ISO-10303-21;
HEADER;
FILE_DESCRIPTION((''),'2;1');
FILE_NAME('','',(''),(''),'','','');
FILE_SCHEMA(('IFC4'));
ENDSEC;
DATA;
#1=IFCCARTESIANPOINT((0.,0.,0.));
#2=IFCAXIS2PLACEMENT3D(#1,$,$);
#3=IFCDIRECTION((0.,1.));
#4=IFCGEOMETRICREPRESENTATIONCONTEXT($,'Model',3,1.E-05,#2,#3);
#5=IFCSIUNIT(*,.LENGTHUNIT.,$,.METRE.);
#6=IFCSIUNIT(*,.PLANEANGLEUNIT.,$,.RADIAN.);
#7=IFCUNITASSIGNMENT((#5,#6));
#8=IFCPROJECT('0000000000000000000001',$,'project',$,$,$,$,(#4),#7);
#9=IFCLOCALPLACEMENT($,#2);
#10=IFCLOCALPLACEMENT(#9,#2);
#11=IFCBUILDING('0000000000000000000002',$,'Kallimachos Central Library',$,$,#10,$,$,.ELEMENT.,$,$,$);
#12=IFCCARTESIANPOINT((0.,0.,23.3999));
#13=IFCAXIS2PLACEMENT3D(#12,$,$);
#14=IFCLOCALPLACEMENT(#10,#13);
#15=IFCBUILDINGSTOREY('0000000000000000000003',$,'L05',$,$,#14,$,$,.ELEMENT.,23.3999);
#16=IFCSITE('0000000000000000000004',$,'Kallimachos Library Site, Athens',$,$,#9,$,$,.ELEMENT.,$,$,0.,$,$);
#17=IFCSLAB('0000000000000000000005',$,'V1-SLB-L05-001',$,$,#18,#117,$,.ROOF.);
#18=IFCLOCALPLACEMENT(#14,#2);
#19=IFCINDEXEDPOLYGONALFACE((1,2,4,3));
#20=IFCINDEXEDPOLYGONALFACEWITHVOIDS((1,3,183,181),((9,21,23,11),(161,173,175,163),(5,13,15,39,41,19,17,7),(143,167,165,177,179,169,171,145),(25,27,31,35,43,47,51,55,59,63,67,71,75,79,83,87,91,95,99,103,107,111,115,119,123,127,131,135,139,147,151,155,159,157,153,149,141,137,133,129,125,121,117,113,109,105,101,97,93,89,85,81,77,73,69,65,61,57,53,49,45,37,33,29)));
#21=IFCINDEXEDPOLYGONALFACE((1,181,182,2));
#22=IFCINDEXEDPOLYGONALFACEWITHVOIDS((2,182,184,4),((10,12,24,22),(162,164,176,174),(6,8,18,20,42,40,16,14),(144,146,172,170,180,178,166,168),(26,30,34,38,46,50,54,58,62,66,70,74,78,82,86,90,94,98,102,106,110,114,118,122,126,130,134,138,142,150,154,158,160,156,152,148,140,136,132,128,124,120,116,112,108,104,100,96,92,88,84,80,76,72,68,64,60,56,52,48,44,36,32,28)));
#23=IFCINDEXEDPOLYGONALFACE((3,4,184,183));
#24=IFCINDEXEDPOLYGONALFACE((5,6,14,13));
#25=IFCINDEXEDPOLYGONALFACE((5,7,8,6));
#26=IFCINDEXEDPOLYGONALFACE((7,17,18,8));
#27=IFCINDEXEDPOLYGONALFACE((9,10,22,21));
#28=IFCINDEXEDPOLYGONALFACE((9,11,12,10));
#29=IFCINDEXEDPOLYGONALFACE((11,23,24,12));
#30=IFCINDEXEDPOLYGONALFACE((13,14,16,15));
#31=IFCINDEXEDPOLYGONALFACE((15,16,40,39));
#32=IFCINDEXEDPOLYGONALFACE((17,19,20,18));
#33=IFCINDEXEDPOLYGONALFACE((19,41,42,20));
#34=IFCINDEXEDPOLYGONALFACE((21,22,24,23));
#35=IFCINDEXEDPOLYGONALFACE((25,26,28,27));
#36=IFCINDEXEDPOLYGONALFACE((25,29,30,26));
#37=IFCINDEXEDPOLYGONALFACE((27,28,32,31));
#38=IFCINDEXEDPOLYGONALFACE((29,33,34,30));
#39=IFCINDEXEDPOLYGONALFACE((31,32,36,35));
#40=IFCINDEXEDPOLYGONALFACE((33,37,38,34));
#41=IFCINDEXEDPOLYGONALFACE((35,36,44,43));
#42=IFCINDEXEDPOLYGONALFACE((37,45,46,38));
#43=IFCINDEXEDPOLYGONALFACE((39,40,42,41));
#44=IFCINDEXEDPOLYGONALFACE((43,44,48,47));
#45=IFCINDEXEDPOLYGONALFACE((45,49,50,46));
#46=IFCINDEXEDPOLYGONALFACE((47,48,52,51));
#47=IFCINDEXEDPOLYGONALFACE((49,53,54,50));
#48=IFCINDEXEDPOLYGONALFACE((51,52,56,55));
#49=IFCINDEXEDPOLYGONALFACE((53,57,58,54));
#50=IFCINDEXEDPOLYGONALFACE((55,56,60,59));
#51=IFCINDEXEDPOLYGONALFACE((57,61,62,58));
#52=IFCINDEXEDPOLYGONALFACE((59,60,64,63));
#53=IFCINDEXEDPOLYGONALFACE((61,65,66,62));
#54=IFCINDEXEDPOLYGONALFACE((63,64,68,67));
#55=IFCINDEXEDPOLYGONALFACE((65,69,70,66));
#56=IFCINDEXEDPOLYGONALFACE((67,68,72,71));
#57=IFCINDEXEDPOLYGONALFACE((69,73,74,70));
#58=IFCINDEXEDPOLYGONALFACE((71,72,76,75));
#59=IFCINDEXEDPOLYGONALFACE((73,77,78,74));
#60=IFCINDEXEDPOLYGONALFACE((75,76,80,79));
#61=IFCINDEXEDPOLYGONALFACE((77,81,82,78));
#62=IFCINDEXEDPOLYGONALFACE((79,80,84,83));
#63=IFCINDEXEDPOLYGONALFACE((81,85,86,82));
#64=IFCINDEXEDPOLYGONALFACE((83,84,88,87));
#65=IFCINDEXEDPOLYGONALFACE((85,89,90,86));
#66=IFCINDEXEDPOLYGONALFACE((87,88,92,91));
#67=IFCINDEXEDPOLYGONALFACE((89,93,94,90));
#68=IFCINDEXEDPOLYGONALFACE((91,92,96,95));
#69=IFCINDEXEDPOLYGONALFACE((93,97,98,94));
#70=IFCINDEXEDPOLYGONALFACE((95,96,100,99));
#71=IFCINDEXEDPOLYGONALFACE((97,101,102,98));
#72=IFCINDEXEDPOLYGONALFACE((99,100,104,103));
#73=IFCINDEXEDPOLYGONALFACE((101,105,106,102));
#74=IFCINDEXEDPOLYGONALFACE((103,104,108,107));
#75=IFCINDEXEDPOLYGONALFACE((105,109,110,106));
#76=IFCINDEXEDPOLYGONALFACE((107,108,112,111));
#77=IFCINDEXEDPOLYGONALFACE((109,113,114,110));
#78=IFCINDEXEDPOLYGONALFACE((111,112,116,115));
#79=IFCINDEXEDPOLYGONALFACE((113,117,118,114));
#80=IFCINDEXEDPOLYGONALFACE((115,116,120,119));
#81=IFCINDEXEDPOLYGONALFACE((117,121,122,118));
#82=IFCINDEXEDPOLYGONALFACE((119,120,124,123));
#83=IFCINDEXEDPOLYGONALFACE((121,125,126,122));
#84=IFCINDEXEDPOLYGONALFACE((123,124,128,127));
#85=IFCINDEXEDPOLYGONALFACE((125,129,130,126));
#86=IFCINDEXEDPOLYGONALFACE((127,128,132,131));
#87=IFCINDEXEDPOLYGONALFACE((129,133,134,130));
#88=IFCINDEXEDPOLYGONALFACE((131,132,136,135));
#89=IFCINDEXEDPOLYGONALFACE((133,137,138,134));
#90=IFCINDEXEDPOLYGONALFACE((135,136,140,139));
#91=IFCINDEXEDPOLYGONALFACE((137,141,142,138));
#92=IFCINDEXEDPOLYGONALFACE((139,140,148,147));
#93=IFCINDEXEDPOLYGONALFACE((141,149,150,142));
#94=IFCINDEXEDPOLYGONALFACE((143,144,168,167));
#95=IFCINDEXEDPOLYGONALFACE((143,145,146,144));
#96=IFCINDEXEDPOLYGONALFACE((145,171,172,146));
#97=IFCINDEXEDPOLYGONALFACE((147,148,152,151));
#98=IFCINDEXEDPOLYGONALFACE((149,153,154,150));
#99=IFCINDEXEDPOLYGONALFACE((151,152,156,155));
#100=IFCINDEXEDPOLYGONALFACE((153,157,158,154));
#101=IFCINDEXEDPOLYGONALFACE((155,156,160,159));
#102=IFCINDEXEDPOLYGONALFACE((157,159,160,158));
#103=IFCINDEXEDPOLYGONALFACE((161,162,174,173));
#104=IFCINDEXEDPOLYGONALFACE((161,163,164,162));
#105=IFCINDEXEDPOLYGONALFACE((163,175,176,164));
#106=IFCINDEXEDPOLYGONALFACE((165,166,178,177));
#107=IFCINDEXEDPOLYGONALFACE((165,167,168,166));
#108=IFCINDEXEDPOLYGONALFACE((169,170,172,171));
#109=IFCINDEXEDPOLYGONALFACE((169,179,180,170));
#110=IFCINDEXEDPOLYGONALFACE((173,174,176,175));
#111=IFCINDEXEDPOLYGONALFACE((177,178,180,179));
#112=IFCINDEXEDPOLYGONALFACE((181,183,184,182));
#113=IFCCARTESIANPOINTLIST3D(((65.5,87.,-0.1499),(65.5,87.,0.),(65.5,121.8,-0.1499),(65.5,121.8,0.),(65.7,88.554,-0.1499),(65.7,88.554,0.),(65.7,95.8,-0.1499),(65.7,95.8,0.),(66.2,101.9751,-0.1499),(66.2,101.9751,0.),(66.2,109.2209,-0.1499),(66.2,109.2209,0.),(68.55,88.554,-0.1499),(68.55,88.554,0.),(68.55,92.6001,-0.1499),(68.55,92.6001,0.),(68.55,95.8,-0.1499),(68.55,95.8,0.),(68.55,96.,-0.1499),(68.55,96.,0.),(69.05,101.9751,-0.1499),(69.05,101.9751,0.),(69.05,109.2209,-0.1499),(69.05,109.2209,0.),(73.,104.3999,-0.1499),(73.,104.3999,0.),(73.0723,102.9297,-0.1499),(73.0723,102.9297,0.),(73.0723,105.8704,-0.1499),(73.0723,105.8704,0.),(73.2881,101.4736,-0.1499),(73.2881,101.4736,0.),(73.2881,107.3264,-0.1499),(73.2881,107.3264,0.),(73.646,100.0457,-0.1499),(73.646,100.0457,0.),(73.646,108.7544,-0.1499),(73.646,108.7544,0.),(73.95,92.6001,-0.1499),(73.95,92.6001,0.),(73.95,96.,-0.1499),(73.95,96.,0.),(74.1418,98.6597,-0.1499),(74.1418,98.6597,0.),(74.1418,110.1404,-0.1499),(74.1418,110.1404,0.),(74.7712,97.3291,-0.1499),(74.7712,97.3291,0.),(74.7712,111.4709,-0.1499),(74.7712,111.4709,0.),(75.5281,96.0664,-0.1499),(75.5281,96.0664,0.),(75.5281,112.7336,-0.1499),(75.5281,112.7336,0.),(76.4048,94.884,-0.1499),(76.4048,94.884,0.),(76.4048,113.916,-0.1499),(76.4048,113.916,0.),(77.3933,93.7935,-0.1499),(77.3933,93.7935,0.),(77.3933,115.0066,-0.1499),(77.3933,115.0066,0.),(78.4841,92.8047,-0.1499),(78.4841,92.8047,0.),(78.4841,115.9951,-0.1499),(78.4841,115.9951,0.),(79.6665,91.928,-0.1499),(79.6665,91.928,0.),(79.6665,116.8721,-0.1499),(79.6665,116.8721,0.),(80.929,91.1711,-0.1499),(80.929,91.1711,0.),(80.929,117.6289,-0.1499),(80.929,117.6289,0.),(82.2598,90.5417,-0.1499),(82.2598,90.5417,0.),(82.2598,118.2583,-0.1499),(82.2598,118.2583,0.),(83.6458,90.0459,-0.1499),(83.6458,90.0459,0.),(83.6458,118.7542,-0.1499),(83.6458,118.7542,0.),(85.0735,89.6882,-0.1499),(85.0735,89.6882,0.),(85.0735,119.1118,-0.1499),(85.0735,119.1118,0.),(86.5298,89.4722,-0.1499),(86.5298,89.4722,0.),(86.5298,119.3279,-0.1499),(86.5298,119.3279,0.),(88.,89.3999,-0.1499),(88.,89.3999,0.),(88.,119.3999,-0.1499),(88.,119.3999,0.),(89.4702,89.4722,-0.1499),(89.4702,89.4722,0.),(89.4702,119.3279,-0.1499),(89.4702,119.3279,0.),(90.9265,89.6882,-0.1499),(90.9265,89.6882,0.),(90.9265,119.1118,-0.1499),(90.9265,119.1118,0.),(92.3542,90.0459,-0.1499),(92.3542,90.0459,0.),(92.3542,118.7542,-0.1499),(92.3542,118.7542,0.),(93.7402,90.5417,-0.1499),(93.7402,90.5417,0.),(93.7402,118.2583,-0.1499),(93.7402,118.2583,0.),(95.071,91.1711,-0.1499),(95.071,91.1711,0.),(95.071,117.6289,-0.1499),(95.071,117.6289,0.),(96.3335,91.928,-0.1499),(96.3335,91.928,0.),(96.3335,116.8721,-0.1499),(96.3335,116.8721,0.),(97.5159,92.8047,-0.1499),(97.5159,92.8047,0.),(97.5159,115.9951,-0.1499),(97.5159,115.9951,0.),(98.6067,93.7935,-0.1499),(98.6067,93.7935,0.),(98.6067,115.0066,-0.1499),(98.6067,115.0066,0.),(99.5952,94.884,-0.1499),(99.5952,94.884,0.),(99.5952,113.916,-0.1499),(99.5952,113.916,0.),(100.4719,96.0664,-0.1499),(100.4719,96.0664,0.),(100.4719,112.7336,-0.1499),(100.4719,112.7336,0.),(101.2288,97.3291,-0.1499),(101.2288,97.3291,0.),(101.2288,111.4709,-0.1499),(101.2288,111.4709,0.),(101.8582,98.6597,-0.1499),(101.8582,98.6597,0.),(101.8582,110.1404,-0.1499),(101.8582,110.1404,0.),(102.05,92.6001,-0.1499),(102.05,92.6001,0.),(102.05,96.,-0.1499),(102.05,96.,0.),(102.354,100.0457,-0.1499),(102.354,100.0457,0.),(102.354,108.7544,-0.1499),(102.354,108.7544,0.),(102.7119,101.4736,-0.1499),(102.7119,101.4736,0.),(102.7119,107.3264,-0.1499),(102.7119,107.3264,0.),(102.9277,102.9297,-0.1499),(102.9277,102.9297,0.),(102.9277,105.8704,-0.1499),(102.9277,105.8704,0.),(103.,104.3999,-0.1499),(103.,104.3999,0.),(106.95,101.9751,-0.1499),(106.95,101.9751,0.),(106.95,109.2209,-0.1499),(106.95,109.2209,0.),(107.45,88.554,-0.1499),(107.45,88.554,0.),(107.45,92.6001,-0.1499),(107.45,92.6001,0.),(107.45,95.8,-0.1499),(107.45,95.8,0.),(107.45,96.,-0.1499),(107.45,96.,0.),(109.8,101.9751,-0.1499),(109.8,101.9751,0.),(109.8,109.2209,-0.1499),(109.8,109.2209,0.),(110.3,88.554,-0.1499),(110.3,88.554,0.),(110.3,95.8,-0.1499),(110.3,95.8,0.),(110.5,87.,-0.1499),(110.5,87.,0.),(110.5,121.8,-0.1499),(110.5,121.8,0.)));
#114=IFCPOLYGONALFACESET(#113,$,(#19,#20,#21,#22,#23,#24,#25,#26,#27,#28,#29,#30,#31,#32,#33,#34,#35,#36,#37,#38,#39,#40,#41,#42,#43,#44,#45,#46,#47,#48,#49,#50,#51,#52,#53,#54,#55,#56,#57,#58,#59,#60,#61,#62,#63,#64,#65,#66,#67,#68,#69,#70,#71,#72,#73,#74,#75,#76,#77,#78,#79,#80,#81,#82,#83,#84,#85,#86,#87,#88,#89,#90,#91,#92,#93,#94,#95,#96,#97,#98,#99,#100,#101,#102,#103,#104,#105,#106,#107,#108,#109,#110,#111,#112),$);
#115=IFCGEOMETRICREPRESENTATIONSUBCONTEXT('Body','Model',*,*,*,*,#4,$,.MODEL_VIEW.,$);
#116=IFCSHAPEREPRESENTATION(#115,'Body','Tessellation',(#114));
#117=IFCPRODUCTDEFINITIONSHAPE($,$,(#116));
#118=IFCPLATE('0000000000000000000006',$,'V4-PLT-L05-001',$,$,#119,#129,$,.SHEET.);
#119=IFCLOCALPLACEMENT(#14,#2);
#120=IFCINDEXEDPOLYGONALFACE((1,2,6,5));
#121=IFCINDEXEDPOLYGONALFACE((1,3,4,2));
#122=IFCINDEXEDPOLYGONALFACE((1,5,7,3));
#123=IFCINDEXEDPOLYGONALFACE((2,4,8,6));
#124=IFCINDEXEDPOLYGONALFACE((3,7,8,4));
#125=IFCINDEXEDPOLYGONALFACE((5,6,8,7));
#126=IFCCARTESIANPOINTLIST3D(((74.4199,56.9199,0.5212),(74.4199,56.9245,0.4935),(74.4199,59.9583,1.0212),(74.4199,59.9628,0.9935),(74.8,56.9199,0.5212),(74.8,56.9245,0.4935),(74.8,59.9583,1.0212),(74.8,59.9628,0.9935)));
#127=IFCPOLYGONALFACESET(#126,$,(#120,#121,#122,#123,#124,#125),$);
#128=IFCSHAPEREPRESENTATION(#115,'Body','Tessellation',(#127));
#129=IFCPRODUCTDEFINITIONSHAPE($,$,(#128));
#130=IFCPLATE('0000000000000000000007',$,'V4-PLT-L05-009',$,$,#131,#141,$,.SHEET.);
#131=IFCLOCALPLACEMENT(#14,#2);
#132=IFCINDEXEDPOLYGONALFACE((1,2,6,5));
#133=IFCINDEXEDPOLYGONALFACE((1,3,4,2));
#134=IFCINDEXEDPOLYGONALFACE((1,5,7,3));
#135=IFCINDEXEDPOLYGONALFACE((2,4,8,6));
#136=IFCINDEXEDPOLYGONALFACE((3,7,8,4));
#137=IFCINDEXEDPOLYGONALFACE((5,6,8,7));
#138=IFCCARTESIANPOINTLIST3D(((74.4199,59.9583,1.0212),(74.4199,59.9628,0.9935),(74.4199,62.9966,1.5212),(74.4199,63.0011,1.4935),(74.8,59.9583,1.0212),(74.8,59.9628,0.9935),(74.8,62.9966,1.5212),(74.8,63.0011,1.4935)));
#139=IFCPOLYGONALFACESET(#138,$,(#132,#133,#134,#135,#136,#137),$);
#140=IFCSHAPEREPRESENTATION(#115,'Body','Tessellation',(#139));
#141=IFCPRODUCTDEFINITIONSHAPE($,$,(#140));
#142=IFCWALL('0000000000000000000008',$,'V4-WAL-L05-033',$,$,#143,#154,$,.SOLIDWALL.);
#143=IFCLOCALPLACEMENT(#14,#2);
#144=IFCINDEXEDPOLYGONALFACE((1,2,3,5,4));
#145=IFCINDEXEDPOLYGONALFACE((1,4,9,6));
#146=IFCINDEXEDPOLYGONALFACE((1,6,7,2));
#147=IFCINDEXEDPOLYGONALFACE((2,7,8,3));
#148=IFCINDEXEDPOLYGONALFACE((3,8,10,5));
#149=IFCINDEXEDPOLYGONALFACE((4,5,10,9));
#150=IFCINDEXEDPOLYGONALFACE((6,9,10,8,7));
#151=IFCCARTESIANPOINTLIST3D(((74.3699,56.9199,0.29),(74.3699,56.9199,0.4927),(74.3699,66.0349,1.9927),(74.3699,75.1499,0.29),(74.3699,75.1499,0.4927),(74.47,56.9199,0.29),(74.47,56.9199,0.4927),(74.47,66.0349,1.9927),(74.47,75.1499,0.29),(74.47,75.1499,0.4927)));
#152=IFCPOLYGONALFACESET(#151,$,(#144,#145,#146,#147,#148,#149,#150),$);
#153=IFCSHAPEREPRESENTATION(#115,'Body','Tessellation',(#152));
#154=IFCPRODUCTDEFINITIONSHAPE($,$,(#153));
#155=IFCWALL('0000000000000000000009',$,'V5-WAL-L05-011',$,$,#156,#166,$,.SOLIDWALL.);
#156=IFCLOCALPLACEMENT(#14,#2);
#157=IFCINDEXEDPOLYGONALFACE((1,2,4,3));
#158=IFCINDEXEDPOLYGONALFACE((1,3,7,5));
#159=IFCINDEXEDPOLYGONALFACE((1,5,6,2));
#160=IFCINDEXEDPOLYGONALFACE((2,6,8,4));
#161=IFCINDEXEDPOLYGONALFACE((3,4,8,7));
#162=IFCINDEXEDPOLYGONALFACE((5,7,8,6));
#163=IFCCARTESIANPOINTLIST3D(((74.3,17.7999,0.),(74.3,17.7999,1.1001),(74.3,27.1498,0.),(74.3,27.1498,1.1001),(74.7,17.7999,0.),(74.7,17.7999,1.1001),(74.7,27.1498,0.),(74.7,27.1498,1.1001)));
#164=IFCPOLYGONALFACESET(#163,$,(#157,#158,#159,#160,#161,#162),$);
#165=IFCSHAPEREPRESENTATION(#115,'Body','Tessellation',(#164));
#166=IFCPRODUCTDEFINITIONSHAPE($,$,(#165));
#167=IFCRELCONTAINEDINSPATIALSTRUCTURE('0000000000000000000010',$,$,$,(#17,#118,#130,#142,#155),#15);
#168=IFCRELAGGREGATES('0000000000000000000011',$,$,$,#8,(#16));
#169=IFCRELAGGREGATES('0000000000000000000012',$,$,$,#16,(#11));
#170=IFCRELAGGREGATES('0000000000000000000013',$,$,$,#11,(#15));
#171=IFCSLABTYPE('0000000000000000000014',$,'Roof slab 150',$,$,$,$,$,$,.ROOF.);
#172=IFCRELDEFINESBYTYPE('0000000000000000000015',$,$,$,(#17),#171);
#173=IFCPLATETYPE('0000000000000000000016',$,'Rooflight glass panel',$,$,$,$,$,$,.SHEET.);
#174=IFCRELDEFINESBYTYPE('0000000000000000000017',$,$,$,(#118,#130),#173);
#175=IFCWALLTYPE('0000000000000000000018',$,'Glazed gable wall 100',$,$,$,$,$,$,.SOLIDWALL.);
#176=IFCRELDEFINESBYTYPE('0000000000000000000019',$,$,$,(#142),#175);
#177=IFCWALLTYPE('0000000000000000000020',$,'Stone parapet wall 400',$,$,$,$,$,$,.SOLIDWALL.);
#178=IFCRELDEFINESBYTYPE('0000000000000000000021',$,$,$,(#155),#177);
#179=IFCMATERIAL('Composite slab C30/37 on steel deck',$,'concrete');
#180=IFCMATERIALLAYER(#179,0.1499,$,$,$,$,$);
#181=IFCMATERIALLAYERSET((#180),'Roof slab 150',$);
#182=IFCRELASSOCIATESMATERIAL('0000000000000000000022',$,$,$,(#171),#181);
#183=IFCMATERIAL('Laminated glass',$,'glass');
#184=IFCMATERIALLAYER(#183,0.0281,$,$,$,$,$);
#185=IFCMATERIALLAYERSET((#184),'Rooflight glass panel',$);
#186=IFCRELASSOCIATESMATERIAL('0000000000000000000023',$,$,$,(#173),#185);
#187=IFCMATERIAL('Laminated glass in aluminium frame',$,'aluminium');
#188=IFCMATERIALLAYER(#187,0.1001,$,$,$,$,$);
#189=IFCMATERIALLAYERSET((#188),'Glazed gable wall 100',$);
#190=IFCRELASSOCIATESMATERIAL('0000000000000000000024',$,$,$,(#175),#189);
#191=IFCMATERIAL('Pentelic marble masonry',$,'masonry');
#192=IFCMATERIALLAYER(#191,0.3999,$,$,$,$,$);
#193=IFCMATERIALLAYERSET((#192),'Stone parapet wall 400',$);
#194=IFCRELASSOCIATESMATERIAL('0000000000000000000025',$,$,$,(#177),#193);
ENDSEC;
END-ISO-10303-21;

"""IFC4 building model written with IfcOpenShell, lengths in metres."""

from ifc_helpers import new_model, si_unit, direction, frame, frame_2d, origin, place, context, subcontext, project, spatial, polyline, rectangle, outline, extrude, material, layer, layer_set, type_object, element, save


model = new_model("IFC4")

# Units and contexts
model_context = context("Model", 3, precision=1e-05, world=origin(), true_north=direction((0.0, 1.0)))
body_context = subcontext(model_context, "Body", "Model", "MODEL_VIEW")
ifc_project = project(units=[si_unit("LENGTHUNIT", "METRE"), si_unit("PLANEANGLEUNIT", "RADIAN")], contexts=[model_context])

# Site, building, storey
site_placement = place(None, origin())
site = spatial("IfcSite", under=ifc_project, at=site_placement, Name="Kallimachos Library Site, Athens", CompositionType="ELEMENT", RefElevation=0.0)
building_placement = place(site_placement, origin())
building = spatial("IfcBuilding", under=site, at=building_placement, Name="Kallimachos Central Library", CompositionType="ELEMENT")
storey_placement = place(building_placement, frame((0.0, 0.0, 23.3999)))
storey = spatial("IfcBuildingStorey", under=building, at=storey_placement, Name="L05", CompositionType="ELEMENT", Elevation=23.3999)

# Slab
ifc_material_1 = material(Name="Composite slab C30/37 on steel deck", Category="concrete")
ifc_layer_1 = layer(ifc_material_1, 0.1499)
ifc_layer_set_1 = layer_set([ifc_layer_1], Name="Roof slab 150")
slab_type_1 = type_object("IfcSlabType", Name="Roof slab 150", PredefinedType="ROOF", material=ifc_layer_set_1)
slab_1_placement = place(storey_placement, frame((0.0, 0.0, -0.1499)))
element("IfcSlab", 1, at=slab_1_placement, inside=storey, type_object=slab_type_1, Name="V1-SLB-L05-001", PredefinedType="ROOF", context=body_context, shape_type="SweptSolid", body=[
    extrude(outline(polyline([(65.5, 121.8), (110.5, 121.8), (110.5, 87.0), (65.5, 87.0), (65.5, 121.8)]), holes=[polyline([(65.7, 95.8), (65.7, 88.554), (68.55, 88.554), (68.55, 92.6001), (73.95, 92.6001), (73.95, 96.0), (68.55, 96.0), (68.55, 95.8), (65.7, 95.8)]), polyline([(107.45, 95.8), (107.45, 96.0), (102.05, 96.0), (102.05, 92.6001), (107.45, 92.6001), (107.45, 88.554), (110.3, 88.554), (110.3, 95.8), (107.45, 95.8)]), polyline([(102.7119, 101.4736), (102.9277, 102.9297), (103.0, 104.3999), (102.9277, 105.8704), (102.7119, 107.3264), (102.354, 108.7544), (101.8582, 110.1404), (101.2288, 111.4709), (100.4719, 112.7336), (99.5952, 113.916), (98.6067, 115.0066), (97.5159, 115.9951), (96.3335, 116.8721), (95.071, 117.6289), (93.7402, 118.2583), (92.3542, 118.7542), (90.9265, 119.1118), (89.4702, 119.3279), (88.0, 119.3999), (86.5298, 119.3279), (85.0735, 119.1118), (83.6458, 118.7542), (82.2598, 118.2583), (80.929, 117.6289), (79.6665, 116.8721), (78.4841, 115.9951), (77.3933, 115.0066), (76.4048, 113.916), (75.5281, 112.7336), (74.7712, 111.4709), (74.1418, 110.1404), (73.646, 108.7544), (73.2881, 107.3264), (73.0723, 105.8704), (73.0, 104.3999), (73.0723, 102.9297), (73.2881, 101.4736), (73.646, 100.0457), (74.1418, 98.6597), (74.7712, 97.3291), (75.5281, 96.0664), (76.4048, 94.884), (77.3933, 93.7935), (78.4841, 92.8047), (79.6665, 91.928), (80.929, 91.1711), (82.2598, 90.5417), (83.6458, 90.0459), (85.0735, 89.6882), (86.5298, 89.4722), (88.0, 89.3999), (89.4702, 89.4722), (90.9265, 89.6882), (92.3542, 90.0459), (93.7402, 90.5417), (95.071, 91.1711), (96.3335, 91.928), (97.5159, 92.8047), (98.6067, 93.7935), (99.5952, 94.884), (100.4719, 96.0664), (101.2288, 97.3291), (101.8582, 98.6597), (102.354, 100.0457), (102.7119, 101.4736)]), polyline([(66.2, 101.9751), (69.05, 101.9751), (69.05, 109.2209), (66.2, 109.2209), (66.2, 101.9751)]), polyline([(106.95, 101.9751), (109.8, 101.9751), (109.8, 109.2209), (106.95, 109.2209), (106.95, 101.9751)])]), origin(), (0.0, 0.0, 1.0), 0.1499),
])

# Plates
ifc_material_2 = material(Name="Laminated glass", Category="glass")
ifc_layer_2 = layer(ifc_material_2, 0.0281)
ifc_layer_set_2 = layer_set([ifc_layer_2], Name="Rooflight glass panel")
plate_type_1 = type_object("IfcPlateType", Name="Rooflight glass panel", PredefinedType="SHEET", material=ifc_layer_set_2)
for number, where, z_axis, x_axis, name in (
    (2, (74.4199, 56.9199, 0.5212), (0.0, -0.16238, 0.986728), (1.0, 0.0, 0.0), "V4-PLT-L05-001"),
    (3, (74.4199, 59.9583, 1.0212), (0.0, -0.16238, 0.986728), (1.0, 0.0, 0.0), "V4-PLT-L05-009"),
):
    element("IfcPlate", number, at=place(storey_placement, frame(where, z_axis=z_axis, x_axis=x_axis)), inside=storey, type_object=plate_type_1, Name=name, PredefinedType="SHEET", context=body_context, shape_type="SweptSolid", body=[
        extrude(outline(polyline([(0.0, 0.0), (0.3801, 0.0), (0.3801, 3.0792), (0.0, 3.0792), (0.0, 0.0)])), origin(), (0.0, 0.0, -1.0), 0.0281),
    ])

# Walls
ifc_material_3 = material(Name="Laminated glass in aluminium frame", Category="aluminium")
ifc_layer_3 = layer(ifc_material_3, 0.1001)
ifc_layer_set_3 = layer_set([ifc_layer_3], Name="Glazed gable wall 100")
wall_type_1 = type_object("IfcWallType", Name="Glazed gable wall 100", PredefinedType="SOLIDWALL", material=ifc_layer_set_3)
wall_1_placement = place(storey_placement, frame((74.4199, 56.9199, 0.29), z_axis=(0.0, 0.0, 1.0), x_axis=(0.0, 1.0, 0.0)))
element("IfcWall", 4, at=wall_1_placement, inside=storey, type_object=wall_type_1, Name="V4-WAL-L05-033", PredefinedType="SOLIDWALL", context=body_context, shape_type="SweptSolid", body=[
    extrude(outline(polyline([(0.0, 0.0), (18.23, 0.0), (18.23, 0.2026), (9.115, 1.7026), (0.0, 0.2026), (0.0, 0.0)])), frame((0.0, 0.05, 0.0), z_axis=(0.0, -1.0, 0.0), x_axis=(1.0, 0.0, 0.0)), (0.0, 0.0, 1.0), 0.1001),
])
ifc_material_4 = material(Name="Pentelic marble masonry", Category="masonry")
ifc_layer_4 = layer(ifc_material_4, 0.3999)
ifc_layer_set_4 = layer_set([ifc_layer_4], Name="Stone parapet wall 400")
wall_type_2 = type_object("IfcWallType", Name="Stone parapet wall 400", PredefinedType="SOLIDWALL", material=ifc_layer_set_4)
wall_2_placement = place(storey_placement, frame((74.5, 17.8, 0.0), z_axis=(0.0, 0.0, 1.0), x_axis=(0.0, 1.0, 0.0)))
element("IfcWall", 5, at=wall_2_placement, inside=storey, type_object=wall_type_2, Name="V5-WAL-L05-011", PredefinedType="SOLIDWALL", context=body_context, shape_type="SweptSolid", body=[
    extrude(rectangle(XDim=9.3499, YDim=0.3999, at=frame_2d((4.6748, 0.0))), origin(), (0.0, 0.0, 1.0), 1.1001),
])

save(model, "model.ifc")
